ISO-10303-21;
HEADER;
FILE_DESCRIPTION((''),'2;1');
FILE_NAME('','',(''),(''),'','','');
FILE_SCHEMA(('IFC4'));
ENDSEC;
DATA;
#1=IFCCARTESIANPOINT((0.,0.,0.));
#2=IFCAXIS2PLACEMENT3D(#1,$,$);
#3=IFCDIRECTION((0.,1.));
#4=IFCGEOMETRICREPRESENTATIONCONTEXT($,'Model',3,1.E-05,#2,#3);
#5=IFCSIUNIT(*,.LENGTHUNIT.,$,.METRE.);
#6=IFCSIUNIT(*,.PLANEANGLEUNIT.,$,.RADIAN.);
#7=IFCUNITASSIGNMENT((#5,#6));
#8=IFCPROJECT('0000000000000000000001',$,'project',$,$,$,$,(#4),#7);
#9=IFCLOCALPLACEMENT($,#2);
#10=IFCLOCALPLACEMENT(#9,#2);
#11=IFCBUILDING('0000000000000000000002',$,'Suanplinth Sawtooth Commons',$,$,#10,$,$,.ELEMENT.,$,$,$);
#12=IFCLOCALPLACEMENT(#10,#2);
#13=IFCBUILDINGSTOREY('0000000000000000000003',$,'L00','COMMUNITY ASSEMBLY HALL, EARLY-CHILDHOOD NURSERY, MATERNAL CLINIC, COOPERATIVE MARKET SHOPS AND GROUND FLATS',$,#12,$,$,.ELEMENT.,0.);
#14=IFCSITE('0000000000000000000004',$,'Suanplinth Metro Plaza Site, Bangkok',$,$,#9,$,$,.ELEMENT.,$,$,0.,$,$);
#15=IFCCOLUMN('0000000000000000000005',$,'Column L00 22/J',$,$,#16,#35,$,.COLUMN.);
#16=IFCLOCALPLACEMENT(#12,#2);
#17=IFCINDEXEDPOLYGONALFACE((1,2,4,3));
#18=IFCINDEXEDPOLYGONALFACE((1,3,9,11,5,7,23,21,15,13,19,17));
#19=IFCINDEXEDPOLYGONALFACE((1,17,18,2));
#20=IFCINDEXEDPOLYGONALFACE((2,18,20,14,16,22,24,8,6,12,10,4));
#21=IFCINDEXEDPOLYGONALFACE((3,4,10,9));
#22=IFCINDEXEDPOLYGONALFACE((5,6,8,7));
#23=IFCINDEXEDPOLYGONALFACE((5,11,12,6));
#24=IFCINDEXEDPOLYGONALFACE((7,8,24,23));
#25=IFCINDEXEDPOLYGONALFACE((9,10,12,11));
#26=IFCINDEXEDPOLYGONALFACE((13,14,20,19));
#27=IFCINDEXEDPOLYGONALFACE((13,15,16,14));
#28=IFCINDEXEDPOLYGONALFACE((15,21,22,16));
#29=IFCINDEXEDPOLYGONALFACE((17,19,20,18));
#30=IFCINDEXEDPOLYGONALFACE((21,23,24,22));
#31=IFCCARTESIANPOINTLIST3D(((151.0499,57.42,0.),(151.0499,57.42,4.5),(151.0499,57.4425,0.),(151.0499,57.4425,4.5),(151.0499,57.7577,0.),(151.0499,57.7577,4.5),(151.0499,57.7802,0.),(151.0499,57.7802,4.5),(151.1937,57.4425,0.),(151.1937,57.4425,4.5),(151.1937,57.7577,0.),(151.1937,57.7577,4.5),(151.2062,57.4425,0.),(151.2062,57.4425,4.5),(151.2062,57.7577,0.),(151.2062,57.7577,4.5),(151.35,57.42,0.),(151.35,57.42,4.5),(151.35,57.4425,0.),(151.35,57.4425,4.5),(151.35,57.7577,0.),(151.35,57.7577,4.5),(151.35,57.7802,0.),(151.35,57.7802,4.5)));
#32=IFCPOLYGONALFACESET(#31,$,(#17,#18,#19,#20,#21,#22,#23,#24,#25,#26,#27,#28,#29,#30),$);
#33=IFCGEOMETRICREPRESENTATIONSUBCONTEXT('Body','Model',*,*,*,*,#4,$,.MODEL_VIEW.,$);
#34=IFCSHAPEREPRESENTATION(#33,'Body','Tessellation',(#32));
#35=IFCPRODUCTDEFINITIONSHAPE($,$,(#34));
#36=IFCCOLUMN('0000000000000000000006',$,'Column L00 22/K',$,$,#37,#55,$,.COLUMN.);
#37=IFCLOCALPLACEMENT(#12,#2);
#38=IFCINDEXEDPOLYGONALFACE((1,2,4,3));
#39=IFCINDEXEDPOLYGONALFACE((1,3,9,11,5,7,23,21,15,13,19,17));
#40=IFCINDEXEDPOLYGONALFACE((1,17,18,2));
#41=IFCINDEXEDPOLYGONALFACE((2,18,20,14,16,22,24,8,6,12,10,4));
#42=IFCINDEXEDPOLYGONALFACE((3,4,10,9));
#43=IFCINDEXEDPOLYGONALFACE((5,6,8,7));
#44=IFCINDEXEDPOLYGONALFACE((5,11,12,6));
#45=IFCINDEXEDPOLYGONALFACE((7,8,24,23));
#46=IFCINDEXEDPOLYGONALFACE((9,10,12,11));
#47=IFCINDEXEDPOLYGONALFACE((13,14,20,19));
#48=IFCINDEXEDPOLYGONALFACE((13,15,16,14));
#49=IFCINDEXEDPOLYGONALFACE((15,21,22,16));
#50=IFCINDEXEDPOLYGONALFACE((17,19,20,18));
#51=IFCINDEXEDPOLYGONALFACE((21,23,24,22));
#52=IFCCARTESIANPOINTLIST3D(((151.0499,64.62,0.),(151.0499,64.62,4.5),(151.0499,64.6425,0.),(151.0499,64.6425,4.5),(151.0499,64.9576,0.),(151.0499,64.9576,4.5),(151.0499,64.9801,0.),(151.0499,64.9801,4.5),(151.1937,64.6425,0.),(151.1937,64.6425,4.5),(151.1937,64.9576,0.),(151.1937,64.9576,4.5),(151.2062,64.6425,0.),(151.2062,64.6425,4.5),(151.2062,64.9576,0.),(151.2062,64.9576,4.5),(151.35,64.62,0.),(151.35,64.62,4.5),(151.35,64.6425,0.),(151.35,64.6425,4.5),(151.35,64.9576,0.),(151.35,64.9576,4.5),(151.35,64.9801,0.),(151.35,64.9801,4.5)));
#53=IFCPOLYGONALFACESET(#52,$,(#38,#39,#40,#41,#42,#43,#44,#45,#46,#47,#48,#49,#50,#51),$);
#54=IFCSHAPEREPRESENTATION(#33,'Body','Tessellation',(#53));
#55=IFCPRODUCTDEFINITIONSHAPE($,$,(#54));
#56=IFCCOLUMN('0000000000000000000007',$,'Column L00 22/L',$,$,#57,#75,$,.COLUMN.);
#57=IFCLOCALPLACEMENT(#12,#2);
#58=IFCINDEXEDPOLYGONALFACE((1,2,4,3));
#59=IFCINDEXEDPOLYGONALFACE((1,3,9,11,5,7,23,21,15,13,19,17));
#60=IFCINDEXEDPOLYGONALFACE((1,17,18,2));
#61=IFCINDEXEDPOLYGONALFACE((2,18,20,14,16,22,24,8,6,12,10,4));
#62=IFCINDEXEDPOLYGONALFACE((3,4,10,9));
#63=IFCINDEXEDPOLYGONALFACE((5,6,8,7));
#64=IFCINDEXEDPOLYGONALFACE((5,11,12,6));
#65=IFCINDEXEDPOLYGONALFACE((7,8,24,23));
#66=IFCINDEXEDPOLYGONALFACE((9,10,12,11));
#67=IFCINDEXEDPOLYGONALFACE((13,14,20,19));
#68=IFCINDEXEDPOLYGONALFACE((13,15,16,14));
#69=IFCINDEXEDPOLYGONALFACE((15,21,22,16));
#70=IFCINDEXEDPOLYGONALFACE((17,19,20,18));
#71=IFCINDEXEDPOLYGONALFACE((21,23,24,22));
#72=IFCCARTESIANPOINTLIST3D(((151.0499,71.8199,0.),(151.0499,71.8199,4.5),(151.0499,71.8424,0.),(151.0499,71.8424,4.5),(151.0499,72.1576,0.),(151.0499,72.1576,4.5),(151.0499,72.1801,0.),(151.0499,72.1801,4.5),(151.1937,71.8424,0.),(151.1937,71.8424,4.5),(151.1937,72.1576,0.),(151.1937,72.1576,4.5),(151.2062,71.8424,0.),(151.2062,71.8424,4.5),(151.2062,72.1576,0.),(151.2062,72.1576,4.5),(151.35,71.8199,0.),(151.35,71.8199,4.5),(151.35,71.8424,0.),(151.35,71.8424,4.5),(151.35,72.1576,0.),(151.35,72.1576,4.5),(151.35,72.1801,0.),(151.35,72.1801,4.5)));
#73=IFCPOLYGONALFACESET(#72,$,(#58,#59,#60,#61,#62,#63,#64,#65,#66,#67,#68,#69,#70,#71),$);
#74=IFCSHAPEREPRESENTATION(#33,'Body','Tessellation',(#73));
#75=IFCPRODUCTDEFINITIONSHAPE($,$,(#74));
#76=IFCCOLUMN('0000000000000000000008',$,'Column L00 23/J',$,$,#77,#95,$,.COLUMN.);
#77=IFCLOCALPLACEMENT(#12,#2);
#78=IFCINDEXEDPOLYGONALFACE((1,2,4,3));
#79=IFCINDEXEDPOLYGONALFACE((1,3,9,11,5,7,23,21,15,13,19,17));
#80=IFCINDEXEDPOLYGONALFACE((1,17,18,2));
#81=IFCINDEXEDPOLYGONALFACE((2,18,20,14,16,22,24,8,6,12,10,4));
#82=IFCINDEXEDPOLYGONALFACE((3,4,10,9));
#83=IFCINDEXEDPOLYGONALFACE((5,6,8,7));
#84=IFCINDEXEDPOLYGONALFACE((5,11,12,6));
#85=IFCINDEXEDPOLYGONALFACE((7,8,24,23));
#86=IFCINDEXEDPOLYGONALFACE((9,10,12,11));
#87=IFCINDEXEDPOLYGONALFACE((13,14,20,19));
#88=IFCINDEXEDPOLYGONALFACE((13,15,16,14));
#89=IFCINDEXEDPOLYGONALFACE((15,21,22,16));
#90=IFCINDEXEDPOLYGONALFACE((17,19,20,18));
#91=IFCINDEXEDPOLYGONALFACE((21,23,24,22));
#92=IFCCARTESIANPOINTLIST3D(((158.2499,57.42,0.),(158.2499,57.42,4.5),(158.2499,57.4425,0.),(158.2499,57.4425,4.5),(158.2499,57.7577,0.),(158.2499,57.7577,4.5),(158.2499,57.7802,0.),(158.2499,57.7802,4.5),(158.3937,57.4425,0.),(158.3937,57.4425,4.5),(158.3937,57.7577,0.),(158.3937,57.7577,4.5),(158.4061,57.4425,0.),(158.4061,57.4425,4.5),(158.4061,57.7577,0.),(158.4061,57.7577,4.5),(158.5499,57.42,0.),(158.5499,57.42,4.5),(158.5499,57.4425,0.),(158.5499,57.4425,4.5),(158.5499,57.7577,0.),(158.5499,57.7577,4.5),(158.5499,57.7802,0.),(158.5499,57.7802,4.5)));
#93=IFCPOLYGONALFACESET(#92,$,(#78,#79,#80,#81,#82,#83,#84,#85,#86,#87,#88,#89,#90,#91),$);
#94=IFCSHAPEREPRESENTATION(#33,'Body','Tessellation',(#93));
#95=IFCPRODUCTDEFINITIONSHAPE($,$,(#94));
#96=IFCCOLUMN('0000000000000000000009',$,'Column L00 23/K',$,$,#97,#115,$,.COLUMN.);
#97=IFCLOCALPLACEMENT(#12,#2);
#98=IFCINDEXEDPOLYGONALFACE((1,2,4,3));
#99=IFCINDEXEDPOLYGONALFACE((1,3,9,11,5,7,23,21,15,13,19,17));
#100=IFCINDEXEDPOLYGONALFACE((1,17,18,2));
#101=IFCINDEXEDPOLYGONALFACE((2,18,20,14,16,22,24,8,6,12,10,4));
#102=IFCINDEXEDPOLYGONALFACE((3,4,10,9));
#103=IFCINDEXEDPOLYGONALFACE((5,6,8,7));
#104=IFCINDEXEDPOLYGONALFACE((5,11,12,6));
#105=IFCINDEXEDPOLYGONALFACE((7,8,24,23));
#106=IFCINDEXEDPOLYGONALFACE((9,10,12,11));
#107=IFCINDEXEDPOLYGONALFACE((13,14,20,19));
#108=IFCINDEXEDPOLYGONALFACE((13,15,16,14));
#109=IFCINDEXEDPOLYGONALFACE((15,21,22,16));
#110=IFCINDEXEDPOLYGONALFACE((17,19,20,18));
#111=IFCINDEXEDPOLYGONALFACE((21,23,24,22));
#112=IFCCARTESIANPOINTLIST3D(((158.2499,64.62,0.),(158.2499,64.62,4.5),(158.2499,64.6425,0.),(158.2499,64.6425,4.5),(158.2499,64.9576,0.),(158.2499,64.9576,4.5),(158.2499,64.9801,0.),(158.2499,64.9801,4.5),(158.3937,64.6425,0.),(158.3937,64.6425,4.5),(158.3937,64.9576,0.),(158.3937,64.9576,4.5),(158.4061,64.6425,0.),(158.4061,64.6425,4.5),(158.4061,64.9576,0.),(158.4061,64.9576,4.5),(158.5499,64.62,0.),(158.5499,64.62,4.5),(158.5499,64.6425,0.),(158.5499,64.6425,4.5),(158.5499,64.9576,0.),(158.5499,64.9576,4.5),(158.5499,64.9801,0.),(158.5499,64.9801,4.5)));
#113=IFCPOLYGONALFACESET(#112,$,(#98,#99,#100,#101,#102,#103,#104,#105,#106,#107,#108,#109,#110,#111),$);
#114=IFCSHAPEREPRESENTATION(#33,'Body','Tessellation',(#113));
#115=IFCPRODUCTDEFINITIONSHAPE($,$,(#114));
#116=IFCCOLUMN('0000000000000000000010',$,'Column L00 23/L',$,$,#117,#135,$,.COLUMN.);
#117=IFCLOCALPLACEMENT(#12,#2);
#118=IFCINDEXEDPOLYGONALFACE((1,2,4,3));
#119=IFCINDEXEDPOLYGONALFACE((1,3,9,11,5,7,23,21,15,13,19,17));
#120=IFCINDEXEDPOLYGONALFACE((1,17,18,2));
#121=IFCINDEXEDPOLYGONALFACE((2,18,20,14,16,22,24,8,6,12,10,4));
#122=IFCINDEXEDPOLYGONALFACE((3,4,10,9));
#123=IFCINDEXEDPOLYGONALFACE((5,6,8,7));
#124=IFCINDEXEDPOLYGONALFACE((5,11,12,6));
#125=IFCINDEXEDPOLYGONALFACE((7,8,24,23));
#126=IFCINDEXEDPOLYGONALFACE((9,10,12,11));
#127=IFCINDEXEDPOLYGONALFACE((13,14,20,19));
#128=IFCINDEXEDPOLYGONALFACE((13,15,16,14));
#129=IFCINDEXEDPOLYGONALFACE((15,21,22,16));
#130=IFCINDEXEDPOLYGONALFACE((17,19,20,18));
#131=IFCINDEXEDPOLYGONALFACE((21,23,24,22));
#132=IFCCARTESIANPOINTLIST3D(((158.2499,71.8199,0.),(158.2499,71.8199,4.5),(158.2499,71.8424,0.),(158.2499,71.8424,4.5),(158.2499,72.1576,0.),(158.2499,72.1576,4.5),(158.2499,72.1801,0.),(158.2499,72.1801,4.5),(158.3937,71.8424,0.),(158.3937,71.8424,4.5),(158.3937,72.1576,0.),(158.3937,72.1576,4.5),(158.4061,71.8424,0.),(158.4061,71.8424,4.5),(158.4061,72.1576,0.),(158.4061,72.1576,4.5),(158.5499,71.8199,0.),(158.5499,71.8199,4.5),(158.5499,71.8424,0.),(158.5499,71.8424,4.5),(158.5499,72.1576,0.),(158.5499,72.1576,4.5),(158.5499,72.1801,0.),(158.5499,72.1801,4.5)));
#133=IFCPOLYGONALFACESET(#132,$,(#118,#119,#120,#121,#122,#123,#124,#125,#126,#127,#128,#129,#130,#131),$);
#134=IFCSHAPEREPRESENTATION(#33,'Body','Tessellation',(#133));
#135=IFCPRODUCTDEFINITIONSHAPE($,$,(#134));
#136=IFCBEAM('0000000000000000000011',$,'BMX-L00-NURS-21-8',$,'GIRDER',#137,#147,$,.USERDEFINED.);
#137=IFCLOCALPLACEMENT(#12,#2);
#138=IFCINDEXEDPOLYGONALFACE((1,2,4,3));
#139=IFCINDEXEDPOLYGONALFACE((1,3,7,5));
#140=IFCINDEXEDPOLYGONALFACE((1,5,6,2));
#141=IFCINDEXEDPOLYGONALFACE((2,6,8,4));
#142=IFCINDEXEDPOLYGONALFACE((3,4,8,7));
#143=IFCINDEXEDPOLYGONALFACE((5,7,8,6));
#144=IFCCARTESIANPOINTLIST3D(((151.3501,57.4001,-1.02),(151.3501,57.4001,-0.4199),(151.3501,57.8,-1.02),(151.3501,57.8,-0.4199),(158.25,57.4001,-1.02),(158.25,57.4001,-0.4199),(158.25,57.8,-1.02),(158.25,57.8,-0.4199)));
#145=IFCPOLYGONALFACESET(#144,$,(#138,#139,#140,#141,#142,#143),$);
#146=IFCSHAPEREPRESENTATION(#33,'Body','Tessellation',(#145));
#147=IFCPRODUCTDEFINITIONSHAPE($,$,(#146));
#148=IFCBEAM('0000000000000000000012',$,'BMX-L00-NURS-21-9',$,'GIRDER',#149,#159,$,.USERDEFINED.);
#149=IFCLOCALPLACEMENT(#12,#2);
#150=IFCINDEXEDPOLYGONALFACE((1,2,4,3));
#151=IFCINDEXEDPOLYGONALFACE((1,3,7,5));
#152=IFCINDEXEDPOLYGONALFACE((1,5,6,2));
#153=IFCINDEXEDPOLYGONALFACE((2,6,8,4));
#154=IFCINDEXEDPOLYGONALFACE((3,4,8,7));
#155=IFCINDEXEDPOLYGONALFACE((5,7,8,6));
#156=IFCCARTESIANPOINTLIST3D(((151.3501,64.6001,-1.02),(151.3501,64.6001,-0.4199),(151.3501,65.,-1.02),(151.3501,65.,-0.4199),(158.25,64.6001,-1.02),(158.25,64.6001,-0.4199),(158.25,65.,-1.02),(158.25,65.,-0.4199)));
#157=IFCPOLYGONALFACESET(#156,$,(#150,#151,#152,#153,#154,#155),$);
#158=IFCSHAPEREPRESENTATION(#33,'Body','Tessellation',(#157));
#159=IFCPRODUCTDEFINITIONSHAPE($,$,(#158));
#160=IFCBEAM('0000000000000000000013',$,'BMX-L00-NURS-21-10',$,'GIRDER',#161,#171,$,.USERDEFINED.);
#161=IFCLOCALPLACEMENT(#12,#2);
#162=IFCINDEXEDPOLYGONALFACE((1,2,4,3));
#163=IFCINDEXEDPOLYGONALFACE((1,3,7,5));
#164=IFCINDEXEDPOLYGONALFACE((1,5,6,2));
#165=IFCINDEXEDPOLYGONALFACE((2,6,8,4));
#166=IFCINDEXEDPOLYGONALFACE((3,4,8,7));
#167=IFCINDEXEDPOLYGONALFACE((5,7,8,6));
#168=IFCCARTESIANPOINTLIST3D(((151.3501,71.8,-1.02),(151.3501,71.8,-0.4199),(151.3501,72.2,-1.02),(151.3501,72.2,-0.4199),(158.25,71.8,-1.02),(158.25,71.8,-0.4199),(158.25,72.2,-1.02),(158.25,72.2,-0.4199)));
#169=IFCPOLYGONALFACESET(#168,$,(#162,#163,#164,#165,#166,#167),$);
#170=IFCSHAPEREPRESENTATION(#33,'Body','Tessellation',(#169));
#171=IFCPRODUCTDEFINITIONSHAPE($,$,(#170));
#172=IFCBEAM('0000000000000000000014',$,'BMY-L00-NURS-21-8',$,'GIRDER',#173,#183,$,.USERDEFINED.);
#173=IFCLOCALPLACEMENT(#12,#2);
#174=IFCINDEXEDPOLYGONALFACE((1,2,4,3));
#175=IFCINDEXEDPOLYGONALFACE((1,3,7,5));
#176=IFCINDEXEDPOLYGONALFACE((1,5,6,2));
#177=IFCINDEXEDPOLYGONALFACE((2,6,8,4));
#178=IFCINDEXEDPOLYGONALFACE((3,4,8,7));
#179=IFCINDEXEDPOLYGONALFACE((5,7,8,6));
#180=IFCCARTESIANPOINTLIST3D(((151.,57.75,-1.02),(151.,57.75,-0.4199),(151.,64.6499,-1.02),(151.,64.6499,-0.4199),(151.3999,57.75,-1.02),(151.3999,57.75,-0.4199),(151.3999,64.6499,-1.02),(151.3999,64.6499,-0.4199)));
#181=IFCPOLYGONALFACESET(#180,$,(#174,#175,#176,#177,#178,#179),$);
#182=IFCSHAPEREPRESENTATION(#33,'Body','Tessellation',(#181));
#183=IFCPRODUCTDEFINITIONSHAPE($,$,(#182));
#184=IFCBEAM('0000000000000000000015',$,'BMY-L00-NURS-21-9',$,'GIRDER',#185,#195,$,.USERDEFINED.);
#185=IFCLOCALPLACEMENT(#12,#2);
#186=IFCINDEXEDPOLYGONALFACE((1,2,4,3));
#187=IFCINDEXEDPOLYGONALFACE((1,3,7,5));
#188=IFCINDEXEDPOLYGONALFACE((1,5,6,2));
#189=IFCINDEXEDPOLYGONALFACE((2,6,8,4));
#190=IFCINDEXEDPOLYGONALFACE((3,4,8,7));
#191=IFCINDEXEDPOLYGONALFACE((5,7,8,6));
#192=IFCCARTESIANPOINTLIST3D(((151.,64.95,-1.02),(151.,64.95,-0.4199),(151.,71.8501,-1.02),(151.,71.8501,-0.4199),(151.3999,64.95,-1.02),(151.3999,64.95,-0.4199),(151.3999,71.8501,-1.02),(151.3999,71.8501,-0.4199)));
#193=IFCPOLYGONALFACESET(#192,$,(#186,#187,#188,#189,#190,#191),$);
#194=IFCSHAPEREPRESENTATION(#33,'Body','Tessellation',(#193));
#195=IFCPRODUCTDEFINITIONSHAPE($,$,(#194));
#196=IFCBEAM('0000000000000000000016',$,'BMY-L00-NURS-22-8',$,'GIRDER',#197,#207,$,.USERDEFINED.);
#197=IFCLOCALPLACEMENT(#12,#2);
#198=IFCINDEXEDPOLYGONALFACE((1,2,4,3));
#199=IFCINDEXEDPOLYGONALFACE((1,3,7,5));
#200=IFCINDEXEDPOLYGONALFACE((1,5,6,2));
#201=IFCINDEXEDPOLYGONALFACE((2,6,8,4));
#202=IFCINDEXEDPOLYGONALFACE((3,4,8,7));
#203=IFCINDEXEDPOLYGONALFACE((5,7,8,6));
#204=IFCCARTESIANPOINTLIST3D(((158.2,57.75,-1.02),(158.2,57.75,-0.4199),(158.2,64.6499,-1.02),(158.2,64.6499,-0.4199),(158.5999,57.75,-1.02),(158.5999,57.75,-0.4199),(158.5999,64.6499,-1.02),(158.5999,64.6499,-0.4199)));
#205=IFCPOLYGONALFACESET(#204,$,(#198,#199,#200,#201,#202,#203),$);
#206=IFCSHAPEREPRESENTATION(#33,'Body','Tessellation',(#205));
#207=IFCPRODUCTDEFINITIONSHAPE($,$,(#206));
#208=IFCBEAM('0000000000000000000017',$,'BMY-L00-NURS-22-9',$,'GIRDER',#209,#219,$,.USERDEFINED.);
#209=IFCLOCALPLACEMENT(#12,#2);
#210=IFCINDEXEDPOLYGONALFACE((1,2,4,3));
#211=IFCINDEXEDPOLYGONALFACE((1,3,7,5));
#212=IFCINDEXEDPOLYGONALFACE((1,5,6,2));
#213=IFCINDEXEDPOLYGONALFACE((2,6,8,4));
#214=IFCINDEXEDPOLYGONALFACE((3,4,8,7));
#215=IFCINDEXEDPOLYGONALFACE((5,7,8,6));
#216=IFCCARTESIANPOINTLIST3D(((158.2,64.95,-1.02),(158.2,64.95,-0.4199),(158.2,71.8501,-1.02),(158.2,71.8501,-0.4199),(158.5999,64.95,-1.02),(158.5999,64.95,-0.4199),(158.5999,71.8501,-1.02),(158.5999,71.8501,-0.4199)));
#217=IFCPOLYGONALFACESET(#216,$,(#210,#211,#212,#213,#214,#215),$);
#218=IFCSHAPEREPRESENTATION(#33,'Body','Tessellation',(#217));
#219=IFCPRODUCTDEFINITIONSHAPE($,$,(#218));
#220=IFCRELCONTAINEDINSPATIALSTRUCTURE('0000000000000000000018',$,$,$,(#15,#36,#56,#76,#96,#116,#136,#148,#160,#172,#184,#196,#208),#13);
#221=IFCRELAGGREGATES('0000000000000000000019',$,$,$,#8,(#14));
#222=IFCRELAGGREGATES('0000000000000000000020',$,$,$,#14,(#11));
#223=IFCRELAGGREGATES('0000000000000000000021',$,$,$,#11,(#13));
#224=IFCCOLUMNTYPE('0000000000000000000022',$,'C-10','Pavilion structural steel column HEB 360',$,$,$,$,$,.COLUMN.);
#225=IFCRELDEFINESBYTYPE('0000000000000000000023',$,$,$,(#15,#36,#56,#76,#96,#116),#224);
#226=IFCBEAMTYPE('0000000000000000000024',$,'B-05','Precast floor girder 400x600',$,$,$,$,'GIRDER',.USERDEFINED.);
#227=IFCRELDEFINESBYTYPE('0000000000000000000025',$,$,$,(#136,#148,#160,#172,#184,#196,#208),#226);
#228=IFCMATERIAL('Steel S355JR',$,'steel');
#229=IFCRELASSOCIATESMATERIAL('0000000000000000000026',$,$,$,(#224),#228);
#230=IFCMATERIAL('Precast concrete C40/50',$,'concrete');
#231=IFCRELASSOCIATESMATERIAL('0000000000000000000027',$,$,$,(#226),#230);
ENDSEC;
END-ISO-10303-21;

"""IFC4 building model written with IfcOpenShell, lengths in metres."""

from ifc_helpers import new_model, si_unit, direction, frame, origin, origin_2d, place, context, subcontext, project, spatial, rectangle, i_section, extrude, material, material_profile, profile_set, type_object, element, save


model = new_model("IFC4")

# Units and contexts
model_context = context("Model", 3, precision=1e-05, world=origin(), true_north=direction((0.0, 1.0)))
body_context = subcontext(model_context, "Body", "Model", "MODEL_VIEW")
ifc_project = project(units=[si_unit("LENGTHUNIT", "METRE"), si_unit("PLANEANGLEUNIT", "RADIAN")], contexts=[model_context])

# Site, building, storey
site_placement = place(None, origin())
site = spatial("IfcSite", under=ifc_project, at=site_placement, Name="Suanplinth Metro Plaza Site, Bangkok", CompositionType="ELEMENT", RefElevation=0.0)
building_placement = place(site_placement, origin())
building = spatial("IfcBuilding", under=site, at=building_placement, Name="Suanplinth Sawtooth Commons", CompositionType="ELEMENT")
storey_placement = place(building_placement, origin())
storey = spatial("IfcBuildingStorey", under=building, at=storey_placement, Name="L00", Description="COMMUNITY ASSEMBLY HALL, EARLY-CHILDHOOD NURSERY, MATERNAL CLINIC, COOPERATIVE MARKET SHOPS AND GROUND FLATS", CompositionType="ELEMENT", Elevation=0.0)

# Columns
ifc_material_1 = material(Name="Steel S355JR", Category="steel")
ifc_material_profile_1 = material_profile(ifc_material_1, i_section(OverallWidth=0.3, OverallDepth=0.3601, WebThickness=0.0125, FlangeThickness=0.0225, at=origin_2d()), Name="HEB 360")
ifc_profile_set_1 = profile_set([ifc_material_profile_1], Name="Steel S355JR")
column_type = type_object("IfcColumnType", Name="C-10", Description="Pavilion structural steel column HEB 360", PredefinedType="COLUMN", material=ifc_profile_set_1)
for number, where, z_axis, x_axis, name in (
    (1, (151.2, 57.6001, 0.0), (0.0, 0.0, 1.0), (1.0, 0.0, 0.0), "Column L00 22/J"),
    (2, (151.2, 64.8, 0.0), (0.0, 0.0, 1.0), (1.0, 0.0, 0.0), "Column L00 22/K"),
    (3, (151.2, 72.0, 0.0), (0.0, 0.0, 1.0), (1.0, 0.0, 0.0), "Column L00 22/L"),
    (4, (158.3999, 57.6001, 0.0), (0.0, 0.0, 1.0), (1.0, 0.0, 0.0), "Column L00 23/J"),
    (5, (158.3999, 64.8, 0.0), (0.0, 0.0, 1.0), (1.0, 0.0, 0.0), "Column L00 23/K"),
    (6, (158.3999, 72.0, 0.0), (0.0, 0.0, 1.0), (1.0, 0.0, 0.0), "Column L00 23/L"),
):
    element("IfcColumn", number, at=place(storey_placement, frame(where, z_axis=z_axis, x_axis=x_axis)), inside=storey, type_object=column_type, Name=name, PredefinedType="COLUMN", context=body_context, shape_type="SweptSolid", body=[
        extrude(i_section(OverallWidth=0.3, OverallDepth=0.3601, WebThickness=0.0125, FlangeThickness=0.0225, at=origin_2d()), origin(), (0.0, 0.0, 1.0), 4.5),
    ])

# Beams
ifc_material_2 = material(Name="Precast concrete C40/50", Category="concrete")
ifc_material_profile_2 = material_profile(ifc_material_2, rectangle(XDim=0.3999, YDim=0.6001, at=origin_2d()), Name="PC-GDR 400x600")
ifc_profile_set_2 = profile_set([ifc_material_profile_2], Name="Precast concrete C40/50")
beam_type = type_object("IfcBeamType", Name="B-05", Description="Precast floor girder 400x600", ElementType="GIRDER", PredefinedType="USERDEFINED", material=ifc_profile_set_2)
for number, where, z_axis, x_axis, name in (
    (7, (151.3501, 57.6001, -0.72), (1.0, 0.0, 0.0), (0.0, 1.0, 0.0), "BMX-L00-NURS-21-8"),
    (8, (151.3501, 64.8, -0.72), (1.0, 0.0, 0.0), (0.0, 1.0, 0.0), "BMX-L00-NURS-21-9"),
    (9, (151.3501, 72.0, -0.72), (1.0, 0.0, 0.0), (0.0, 1.0, 0.0), "BMX-L00-NURS-21-10"),
    (10, (151.2, 57.75, -0.72), (0.0, 1.0, 0.0), (-1.0, 0.0, 0.0), "BMY-L00-NURS-21-8"),
):
    element("IfcBeam", number, at=place(storey_placement, frame(where, z_axis=z_axis, x_axis=x_axis)), inside=storey, type_object=beam_type, Name=name, ObjectType="GIRDER", PredefinedType="USERDEFINED", context=body_context, shape_type="SweptSolid", body=[
        extrude(rectangle(XDim=0.3999, YDim=0.6001, at=origin_2d()), origin(), (0.0, 0.0, 1.0), 6.8999),
    ])
beam_1_placement = place(storey_placement, frame((151.2, 64.95, -0.72), z_axis=(0.0, 1.0, 0.0), x_axis=(-1.0, 0.0, 0.0)))
element("IfcBeam", 11, at=beam_1_placement, inside=storey, type_object=beam_type, Name="BMY-L00-NURS-21-9", ObjectType="GIRDER", PredefinedType="USERDEFINED", context=body_context, shape_type="SweptSolid", body=[
    extrude(rectangle(XDim=0.3999, YDim=0.6001, at=origin_2d()), origin(), (0.0, 0.0, 1.0), 6.9001),
])
beam_2_placement = place(storey_placement, frame((158.3999, 57.75, -0.72), z_axis=(0.0, 1.0, 0.0), x_axis=(-1.0, 0.0, 0.0)))
element("IfcBeam", 12, at=beam_2_placement, inside=storey, type_object=beam_type, Name="BMY-L00-NURS-22-8", ObjectType="GIRDER", PredefinedType="USERDEFINED", context=body_context, shape_type="SweptSolid", body=[
    extrude(rectangle(XDim=0.3999, YDim=0.6001, at=origin_2d()), origin(), (0.0, 0.0, 1.0), 6.8999),
])
beam_3_placement = place(storey_placement, frame((158.3999, 64.95, -0.72), z_axis=(0.0, 1.0, 0.0), x_axis=(-1.0, 0.0, 0.0)))
element("IfcBeam", 13, at=beam_3_placement, inside=storey, type_object=beam_type, Name="BMY-L00-NURS-22-9", ObjectType="GIRDER", PredefinedType="USERDEFINED", context=body_context, shape_type="SweptSolid", body=[
    extrude(rectangle(XDim=0.3999, YDim=0.6001, at=origin_2d()), origin(), (0.0, 0.0, 1.0), 6.9001),
])

save(model, "model.ifc")
